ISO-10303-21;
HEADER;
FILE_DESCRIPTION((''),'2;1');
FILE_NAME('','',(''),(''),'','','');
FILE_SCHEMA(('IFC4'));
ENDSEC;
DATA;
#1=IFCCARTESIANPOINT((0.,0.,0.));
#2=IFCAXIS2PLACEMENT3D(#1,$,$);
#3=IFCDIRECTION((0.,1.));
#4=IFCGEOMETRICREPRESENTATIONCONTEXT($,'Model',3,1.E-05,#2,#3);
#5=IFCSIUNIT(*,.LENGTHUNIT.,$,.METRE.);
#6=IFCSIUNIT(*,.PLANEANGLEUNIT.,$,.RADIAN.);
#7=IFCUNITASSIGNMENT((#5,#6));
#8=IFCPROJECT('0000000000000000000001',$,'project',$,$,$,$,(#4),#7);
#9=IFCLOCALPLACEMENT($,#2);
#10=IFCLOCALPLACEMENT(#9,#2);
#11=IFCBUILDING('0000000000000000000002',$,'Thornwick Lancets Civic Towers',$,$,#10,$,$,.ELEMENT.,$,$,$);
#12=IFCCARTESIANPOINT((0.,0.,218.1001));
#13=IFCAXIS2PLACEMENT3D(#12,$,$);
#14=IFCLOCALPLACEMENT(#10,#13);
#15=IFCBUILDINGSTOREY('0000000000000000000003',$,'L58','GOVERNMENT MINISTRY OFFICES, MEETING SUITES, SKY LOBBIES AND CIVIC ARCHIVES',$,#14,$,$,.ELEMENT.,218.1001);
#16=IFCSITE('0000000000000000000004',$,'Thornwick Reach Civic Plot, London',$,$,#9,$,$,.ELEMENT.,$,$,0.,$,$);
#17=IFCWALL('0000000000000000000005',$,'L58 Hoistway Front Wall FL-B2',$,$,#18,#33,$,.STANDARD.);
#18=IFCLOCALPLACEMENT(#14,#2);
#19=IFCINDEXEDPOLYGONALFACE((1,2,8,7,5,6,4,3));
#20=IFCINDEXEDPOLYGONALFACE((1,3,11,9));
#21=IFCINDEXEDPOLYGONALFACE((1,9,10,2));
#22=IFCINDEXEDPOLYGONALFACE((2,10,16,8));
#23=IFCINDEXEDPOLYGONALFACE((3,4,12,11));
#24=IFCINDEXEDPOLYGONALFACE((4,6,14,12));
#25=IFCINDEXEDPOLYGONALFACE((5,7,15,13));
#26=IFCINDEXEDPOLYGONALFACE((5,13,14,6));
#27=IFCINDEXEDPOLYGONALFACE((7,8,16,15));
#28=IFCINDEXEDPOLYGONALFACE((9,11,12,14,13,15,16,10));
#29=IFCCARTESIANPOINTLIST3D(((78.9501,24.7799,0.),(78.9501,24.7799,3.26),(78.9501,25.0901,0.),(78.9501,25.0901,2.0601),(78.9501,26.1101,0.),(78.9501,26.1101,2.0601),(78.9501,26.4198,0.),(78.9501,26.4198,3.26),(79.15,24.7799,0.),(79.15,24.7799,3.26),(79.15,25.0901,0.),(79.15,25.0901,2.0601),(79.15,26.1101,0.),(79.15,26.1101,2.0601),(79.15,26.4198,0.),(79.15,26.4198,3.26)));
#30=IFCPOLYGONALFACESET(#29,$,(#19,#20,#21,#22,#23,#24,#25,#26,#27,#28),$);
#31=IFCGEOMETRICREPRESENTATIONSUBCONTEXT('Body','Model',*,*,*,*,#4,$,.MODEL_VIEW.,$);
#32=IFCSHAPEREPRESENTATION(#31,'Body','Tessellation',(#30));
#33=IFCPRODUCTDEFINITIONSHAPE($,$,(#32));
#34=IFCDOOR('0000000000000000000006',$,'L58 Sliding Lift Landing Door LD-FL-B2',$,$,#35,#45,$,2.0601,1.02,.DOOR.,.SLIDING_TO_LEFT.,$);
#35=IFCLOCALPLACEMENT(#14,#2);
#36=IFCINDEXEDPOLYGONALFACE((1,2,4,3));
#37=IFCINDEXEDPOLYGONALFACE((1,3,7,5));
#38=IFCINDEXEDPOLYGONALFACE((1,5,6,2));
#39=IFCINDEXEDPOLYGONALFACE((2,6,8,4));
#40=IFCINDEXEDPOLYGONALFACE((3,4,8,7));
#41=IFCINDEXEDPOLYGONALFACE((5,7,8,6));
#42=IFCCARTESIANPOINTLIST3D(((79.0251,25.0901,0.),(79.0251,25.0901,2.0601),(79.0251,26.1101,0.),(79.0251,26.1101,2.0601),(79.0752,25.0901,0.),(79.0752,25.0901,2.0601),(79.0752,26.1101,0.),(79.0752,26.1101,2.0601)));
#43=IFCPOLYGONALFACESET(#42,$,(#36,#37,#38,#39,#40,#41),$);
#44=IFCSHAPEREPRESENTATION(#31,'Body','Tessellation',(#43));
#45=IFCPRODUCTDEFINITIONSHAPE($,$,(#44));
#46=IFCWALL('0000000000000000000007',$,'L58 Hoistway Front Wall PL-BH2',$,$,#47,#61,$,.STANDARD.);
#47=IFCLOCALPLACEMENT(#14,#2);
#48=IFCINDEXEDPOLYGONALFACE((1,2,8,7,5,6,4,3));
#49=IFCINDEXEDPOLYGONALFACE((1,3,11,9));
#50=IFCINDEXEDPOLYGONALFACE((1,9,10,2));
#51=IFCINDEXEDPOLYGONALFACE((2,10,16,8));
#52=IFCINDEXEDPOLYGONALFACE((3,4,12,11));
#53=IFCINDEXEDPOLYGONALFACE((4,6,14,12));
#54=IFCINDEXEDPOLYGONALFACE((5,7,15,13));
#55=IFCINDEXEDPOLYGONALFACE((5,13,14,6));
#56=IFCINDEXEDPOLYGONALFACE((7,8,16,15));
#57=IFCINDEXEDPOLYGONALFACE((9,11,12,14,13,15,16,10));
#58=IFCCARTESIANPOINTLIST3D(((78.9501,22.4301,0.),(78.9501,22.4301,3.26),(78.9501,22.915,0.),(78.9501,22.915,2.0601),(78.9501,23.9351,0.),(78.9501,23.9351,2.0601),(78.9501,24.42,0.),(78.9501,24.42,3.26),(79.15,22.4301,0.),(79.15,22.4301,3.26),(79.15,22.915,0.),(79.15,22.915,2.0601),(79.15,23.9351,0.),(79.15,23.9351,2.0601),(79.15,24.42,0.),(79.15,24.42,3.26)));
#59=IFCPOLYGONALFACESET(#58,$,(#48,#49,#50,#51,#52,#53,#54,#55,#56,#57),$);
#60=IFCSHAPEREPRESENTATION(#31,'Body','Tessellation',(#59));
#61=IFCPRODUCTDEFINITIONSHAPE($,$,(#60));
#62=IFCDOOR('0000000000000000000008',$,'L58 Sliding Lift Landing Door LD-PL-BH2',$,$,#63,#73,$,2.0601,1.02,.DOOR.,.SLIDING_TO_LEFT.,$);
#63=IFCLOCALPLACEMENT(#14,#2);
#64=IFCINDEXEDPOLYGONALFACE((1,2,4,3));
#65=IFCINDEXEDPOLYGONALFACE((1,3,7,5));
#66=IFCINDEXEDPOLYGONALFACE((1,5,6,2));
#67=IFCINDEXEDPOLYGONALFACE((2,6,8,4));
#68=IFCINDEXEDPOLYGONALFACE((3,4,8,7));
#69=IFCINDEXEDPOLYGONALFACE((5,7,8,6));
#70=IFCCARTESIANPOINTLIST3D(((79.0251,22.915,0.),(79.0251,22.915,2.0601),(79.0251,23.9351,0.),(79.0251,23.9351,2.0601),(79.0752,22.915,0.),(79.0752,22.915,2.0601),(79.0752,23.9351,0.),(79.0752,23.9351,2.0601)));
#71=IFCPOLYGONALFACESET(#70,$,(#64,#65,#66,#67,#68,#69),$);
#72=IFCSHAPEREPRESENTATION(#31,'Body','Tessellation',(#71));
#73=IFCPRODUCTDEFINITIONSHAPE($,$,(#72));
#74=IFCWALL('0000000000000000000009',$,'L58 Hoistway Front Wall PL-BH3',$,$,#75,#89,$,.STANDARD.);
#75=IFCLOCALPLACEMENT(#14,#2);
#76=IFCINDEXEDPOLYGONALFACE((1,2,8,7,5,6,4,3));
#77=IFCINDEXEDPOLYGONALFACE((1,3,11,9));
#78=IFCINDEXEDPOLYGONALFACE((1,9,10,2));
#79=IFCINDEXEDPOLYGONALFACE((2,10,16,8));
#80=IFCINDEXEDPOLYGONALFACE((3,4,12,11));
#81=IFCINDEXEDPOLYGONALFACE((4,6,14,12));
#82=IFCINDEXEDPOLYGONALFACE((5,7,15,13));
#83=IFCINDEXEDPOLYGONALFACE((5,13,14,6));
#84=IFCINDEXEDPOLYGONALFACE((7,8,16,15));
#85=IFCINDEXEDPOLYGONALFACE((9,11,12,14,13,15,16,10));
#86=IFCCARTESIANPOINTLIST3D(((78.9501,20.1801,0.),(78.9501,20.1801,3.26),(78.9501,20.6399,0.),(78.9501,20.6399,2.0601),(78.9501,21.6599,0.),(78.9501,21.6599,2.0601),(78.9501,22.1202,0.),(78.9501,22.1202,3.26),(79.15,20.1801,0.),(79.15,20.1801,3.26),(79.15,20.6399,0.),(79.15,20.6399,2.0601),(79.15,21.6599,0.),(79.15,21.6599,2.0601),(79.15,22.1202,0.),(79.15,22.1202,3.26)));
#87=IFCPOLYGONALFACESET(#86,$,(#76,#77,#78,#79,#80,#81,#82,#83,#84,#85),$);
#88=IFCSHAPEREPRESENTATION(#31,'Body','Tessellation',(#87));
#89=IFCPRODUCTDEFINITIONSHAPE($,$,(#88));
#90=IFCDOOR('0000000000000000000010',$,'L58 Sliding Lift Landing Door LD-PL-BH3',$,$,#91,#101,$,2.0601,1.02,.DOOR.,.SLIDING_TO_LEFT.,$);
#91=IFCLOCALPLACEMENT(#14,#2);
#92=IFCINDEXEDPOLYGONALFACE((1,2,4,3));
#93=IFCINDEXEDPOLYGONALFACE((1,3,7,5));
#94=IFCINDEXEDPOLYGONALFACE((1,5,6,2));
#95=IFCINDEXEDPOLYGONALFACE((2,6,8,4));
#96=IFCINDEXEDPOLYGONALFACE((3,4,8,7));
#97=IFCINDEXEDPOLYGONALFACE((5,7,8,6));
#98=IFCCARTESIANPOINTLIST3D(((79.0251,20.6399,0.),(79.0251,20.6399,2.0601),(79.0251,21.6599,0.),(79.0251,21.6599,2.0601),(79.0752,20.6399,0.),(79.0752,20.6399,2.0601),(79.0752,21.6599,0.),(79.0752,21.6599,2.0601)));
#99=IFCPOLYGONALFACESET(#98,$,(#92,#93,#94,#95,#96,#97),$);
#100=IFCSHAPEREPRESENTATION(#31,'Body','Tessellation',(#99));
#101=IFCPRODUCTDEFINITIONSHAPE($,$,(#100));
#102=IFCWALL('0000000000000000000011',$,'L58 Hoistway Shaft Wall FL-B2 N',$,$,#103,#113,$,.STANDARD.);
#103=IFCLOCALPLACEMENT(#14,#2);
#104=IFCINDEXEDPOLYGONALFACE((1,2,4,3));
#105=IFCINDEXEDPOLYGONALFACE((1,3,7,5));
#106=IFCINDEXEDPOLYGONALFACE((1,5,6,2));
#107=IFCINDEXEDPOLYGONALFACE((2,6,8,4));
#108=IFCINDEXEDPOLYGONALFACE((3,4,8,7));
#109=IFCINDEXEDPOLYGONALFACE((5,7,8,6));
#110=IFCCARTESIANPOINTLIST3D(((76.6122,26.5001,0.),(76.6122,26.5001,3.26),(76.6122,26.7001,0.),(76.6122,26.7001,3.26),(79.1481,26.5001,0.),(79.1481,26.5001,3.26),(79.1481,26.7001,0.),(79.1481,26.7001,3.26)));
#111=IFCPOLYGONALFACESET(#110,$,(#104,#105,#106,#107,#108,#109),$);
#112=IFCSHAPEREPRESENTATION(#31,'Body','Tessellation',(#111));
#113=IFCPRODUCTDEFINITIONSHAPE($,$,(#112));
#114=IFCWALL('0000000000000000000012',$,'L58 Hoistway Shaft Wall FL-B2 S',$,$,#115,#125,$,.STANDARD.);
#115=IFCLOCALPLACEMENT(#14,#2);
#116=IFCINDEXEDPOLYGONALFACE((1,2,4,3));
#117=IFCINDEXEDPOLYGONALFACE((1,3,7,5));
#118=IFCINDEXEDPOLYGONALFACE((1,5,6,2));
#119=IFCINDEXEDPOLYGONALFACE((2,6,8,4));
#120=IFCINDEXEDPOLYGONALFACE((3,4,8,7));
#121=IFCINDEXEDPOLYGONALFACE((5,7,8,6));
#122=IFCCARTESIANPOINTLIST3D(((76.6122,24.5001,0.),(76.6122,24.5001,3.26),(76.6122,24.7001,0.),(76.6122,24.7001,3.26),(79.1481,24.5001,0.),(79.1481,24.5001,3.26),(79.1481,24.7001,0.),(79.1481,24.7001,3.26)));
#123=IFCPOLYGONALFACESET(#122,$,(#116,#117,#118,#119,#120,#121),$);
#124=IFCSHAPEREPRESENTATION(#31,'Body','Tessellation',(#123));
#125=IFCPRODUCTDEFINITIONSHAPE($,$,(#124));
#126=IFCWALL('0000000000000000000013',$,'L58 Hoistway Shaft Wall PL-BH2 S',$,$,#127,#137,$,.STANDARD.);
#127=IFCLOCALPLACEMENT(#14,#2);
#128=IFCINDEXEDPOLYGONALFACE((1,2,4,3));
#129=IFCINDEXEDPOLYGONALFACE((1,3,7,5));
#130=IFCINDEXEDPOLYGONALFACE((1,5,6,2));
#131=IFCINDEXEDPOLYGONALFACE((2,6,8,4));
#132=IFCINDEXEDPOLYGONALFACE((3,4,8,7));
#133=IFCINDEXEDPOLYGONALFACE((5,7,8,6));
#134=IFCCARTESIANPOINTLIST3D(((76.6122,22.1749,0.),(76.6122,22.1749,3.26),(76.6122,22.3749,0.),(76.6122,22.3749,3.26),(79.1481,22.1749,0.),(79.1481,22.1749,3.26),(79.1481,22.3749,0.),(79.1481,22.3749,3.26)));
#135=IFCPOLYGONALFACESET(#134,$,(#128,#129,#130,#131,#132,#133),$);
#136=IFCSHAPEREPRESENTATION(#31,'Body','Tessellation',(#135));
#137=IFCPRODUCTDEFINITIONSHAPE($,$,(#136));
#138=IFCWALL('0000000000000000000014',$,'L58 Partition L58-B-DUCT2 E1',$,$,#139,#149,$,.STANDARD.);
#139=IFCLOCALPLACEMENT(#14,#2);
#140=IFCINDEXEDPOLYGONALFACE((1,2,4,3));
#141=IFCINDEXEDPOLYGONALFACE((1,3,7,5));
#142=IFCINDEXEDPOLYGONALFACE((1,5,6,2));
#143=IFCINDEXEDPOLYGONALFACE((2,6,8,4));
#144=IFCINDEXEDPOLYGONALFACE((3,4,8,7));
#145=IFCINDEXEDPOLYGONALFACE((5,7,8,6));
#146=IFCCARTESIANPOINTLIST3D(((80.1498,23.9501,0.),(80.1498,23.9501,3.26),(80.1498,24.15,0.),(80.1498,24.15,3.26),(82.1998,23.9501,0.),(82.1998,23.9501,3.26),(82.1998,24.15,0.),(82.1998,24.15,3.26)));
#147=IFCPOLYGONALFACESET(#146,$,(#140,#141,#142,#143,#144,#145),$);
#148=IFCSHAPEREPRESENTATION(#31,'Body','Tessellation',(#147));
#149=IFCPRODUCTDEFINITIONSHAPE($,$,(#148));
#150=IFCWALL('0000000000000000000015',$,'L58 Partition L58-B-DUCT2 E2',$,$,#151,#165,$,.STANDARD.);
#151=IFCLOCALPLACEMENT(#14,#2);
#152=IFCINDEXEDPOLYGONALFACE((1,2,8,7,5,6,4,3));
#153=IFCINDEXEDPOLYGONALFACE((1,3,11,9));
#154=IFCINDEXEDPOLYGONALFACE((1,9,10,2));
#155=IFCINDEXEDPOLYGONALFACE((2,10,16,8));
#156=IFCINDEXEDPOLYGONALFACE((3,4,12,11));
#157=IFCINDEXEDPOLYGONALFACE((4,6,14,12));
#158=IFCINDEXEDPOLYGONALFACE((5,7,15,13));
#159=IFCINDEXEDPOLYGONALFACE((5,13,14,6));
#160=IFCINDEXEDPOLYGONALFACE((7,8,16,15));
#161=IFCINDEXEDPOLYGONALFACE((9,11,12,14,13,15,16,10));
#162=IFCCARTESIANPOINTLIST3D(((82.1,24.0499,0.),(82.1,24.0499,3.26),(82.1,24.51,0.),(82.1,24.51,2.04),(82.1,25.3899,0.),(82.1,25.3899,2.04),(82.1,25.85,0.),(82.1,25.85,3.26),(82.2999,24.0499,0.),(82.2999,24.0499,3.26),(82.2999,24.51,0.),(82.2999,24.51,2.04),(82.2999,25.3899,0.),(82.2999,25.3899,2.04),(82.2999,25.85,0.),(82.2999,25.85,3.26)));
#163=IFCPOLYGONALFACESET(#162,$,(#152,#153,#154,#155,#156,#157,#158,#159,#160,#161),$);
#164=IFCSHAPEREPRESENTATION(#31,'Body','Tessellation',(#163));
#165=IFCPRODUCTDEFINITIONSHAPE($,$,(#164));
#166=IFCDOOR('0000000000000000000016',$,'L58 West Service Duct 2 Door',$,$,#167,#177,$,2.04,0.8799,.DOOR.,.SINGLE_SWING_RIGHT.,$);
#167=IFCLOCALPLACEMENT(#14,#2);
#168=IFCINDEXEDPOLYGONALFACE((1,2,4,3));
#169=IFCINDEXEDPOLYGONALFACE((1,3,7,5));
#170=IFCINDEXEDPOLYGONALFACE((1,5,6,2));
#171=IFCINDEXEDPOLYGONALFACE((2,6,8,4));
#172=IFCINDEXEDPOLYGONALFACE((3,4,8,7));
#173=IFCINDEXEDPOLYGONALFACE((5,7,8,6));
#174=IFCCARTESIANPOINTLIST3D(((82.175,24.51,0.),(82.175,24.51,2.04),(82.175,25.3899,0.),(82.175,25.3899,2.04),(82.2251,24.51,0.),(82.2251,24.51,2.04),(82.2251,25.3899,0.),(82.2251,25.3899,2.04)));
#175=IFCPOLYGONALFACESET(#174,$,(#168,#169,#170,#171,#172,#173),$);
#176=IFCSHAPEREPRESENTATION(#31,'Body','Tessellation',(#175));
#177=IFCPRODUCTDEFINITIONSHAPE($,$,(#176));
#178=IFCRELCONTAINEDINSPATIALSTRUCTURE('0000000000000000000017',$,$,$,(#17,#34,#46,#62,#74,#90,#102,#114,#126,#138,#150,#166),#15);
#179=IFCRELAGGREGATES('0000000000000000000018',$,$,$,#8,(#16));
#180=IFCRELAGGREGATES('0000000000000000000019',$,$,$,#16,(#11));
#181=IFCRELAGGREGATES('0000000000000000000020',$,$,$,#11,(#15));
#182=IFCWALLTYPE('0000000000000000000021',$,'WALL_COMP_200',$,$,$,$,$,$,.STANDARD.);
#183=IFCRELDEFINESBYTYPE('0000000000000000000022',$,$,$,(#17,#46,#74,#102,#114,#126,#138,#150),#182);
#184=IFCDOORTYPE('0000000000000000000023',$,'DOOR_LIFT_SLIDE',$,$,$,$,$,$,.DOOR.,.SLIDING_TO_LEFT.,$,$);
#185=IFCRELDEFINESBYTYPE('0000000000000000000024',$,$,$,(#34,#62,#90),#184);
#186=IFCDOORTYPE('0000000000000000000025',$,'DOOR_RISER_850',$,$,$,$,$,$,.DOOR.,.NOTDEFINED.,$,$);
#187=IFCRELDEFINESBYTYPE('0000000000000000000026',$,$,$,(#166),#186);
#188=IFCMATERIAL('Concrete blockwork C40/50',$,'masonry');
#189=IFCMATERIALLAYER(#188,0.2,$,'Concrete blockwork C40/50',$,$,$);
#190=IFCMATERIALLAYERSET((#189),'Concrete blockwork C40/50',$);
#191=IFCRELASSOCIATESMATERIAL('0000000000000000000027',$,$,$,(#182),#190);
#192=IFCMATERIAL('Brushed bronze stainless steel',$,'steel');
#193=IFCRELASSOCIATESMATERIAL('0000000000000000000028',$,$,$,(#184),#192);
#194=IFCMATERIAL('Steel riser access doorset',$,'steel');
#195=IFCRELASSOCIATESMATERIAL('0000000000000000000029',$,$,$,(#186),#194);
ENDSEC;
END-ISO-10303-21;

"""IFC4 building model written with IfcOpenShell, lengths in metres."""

from ifc_helpers import new_model, si_unit, direction, frame, frame_2d, origin, place, context, subcontext, project, spatial, rectangle, extrude, material, layer, layer_set, type_object, element, fill, save


model = new_model("IFC4")

# Units and contexts
model_context = context("Model", 3, precision=1e-05, world=origin(), true_north=direction((0.0, 1.0)))
body_context = subcontext(model_context, "Body", "Model", "MODEL_VIEW")
ifc_project = project(units=[si_unit("LENGTHUNIT", "METRE"), si_unit("PLANEANGLEUNIT", "RADIAN")], contexts=[model_context])

# Site, building, storey
site_placement = place(None, origin())
site = spatial("IfcSite", under=ifc_project, at=site_placement, Name="Thornwick Reach Civic Plot, London", CompositionType="ELEMENT", RefElevation=0.0)
building_placement = place(site_placement, origin())
building = spatial("IfcBuilding", under=site, at=building_placement, Name="Thornwick Lancets Civic Towers", CompositionType="ELEMENT")
storey_placement = place(building_placement, frame((0.0, 0.0, 218.1001)))
storey = spatial("IfcBuildingStorey", under=building, at=storey_placement, Name="L58", Description="GOVERNMENT MINISTRY OFFICES, MEETING SUITES, SKY LOBBIES AND CIVIC ARCHIVES", CompositionType="ELEMENT", Elevation=218.1001)

# Walls, openings, doors
ifc_material_1 = material(Name="Concrete blockwork C40/50", Category="masonry")
ifc_layer_1 = layer(ifc_material_1, 0.2, Name="Concrete blockwork C40/50")
ifc_layer_set_1 = layer_set([ifc_layer_1], Name="Concrete blockwork C40/50")
wall_type_1 = type_object("IfcWallType", Name="WALL_COMP_200", PredefinedType="STANDARD", material=ifc_layer_set_1)
wall_1_placement = place(storey_placement, frame((79.05, 24.78, 0.0), z_axis=(0.0, 0.0, 1.0), x_axis=(0.0, 1.0, 0.0)))
wall_1 = element("IfcWall", 1, at=wall_1_placement, inside=storey, type_object=wall_type_1, Name="L58 Hoistway Front Wall FL-B2", PredefinedType="STANDARD", context=body_context, shape_type="SweptSolid", body=[
    extrude(rectangle(XDim=1.6399, YDim=0.2, at=frame_2d((0.8198, 0.0))), origin(), (0.0, 0.0, 1.0), 3.26),
])
opening_1_placement = place(wall_1_placement, frame((0.3101, 0.0, 0.0)))
opening_1 = element("IfcOpeningElement", 2, at=opening_1_placement, cuts=wall_1, PredefinedType="OPENING", context=body_context, shape_type="SweptSolid", body=[
    extrude(rectangle(XDim=1.02, YDim=2.0601, at=frame_2d((0.51, 1.03))), frame((0.0, 0.1099, 0.0), z_axis=(0.0, -1.0, 0.0), x_axis=(1.0, 0.0, 0.0)), (0.0, 0.0, 1.0), 0.22),
])
ifc_material_2 = material(Name="Brushed bronze stainless steel", Category="steel")
door_type_1 = type_object("IfcDoorType", Name="DOOR_LIFT_SLIDE", OperationType="SLIDING_TO_LEFT", PredefinedType="DOOR", material=ifc_material_2)
door_1_placement = place(opening_1_placement, origin())
door_1 = element("IfcDoor", 3, at=door_1_placement, inside=storey, type_object=door_type_1, Name="L58 Sliding Lift Landing Door LD-FL-B2", OperationType="SLIDING_TO_LEFT", OverallHeight=2.0601, OverallWidth=1.02, PredefinedType="DOOR", context=body_context, shape_type="SweptSolid", body=[
    extrude(rectangle(XDim=1.02, YDim=2.0601, at=frame_2d((0.51, 1.03))), frame((0.0, 0.0249, 0.0), z_axis=(0.0, -1.0, 0.0), x_axis=(1.0, 0.0, 0.0)), (0.0, 0.0, 1.0), 0.05),
])
fill(opening_1, door_1)
wall_2_placement = place(storey_placement, frame((79.05, 22.4299, 0.0), z_axis=(0.0, 0.0, 1.0), x_axis=(0.0, 1.0, 0.0)))
wall_2 = element("IfcWall", 4, at=wall_2_placement, inside=storey, type_object=wall_type_1, Name="L58 Hoistway Front Wall PL-BH2", PredefinedType="STANDARD", context=body_context, shape_type="SweptSolid", body=[
    extrude(rectangle(XDim=1.99, YDim=0.2, at=frame_2d((0.9951, 0.0))), origin(), (0.0, 0.0, 1.0), 3.26),
])
opening_2_placement = place(wall_2_placement, frame((0.4851, 0.0, 0.0)))
opening_2 = element("IfcOpeningElement", 5, at=opening_2_placement, cuts=wall_2, PredefinedType="OPENING", context=body_context, shape_type="SweptSolid", body=[
    extrude(rectangle(XDim=1.02, YDim=2.0601, at=frame_2d((0.51, 1.03))), frame((0.0, 0.1099, 0.0), z_axis=(0.0, -1.0, 0.0), x_axis=(1.0, 0.0, 0.0)), (0.0, 0.0, 1.0), 0.22),
])
door_2_placement = place(opening_2_placement, origin())
door_2 = element("IfcDoor", 6, at=door_2_placement, inside=storey, type_object=door_type_1, Name="L58 Sliding Lift Landing Door LD-PL-BH2", OperationType="SLIDING_TO_LEFT", OverallHeight=2.0601, OverallWidth=1.02, PredefinedType="DOOR", context=body_context, shape_type="SweptSolid", body=[
    extrude(rectangle(XDim=1.02, YDim=2.0601, at=frame_2d((0.51, 1.03))), frame((0.0, 0.0249, 0.0), z_axis=(0.0, -1.0, 0.0), x_axis=(1.0, 0.0, 0.0)), (0.0, 0.0, 1.0), 0.05),
])
fill(opening_2, door_2)
wall_3_placement = place(storey_placement, frame((79.05, 20.1799, 0.0), z_axis=(0.0, 0.0, 1.0), x_axis=(0.0, 1.0, 0.0)))
wall_3 = element("IfcWall", 7, at=wall_3_placement, inside=storey, type_object=wall_type_1, Name="L58 Hoistway Front Wall PL-BH3", PredefinedType="STANDARD", context=body_context, shape_type="SweptSolid", body=[
    extrude(rectangle(XDim=1.9402, YDim=0.2, at=frame_2d((0.9702, 0.0))), origin(), (0.0, 0.0, 1.0), 3.26),
])
opening_3_placement = place(wall_3_placement, frame((0.46, 0.0, 0.0)))
opening_3 = element("IfcOpeningElement", 8, at=opening_3_placement, cuts=wall_3, PredefinedType="OPENING", context=body_context, shape_type="SweptSolid", body=[
    extrude(rectangle(XDim=1.02, YDim=2.0601, at=frame_2d((0.51, 1.03))), frame((0.0, 0.1099, 0.0), z_axis=(0.0, -1.0, 0.0), x_axis=(1.0, 0.0, 0.0)), (0.0, 0.0, 1.0), 0.22),
])
door_3_placement = place(opening_3_placement, origin())
door_3 = element("IfcDoor", 9, at=door_3_placement, inside=storey, type_object=door_type_1, Name="L58 Sliding Lift Landing Door LD-PL-BH3", OperationType="SLIDING_TO_LEFT", OverallHeight=2.0601, OverallWidth=1.02, PredefinedType="DOOR", context=body_context, shape_type="SweptSolid", body=[
    extrude(rectangle(XDim=1.02, YDim=2.0601, at=frame_2d((0.51, 1.03))), frame((0.0, 0.0249, 0.0), z_axis=(0.0, -1.0, 0.0), x_axis=(1.0, 0.0, 0.0)), (0.0, 0.0, 1.0), 0.05),
])
fill(opening_3, door_3)

# Walls
for number, where, z_axis, x_axis, name in (
    (10, (76.6121, 26.6001, 0.0), (0.0, 0.0, 1.0), (1.0, 0.0, 0.0), "L58 Hoistway Shaft Wall FL-B2 N"),
    (11, (76.6121, 24.6001, 0.0), (0.0, 0.0, 1.0), (1.0, 0.0, 0.0), "L58 Hoistway Shaft Wall FL-B2 S"),
    (12, (76.6121, 22.2749, 0.0), (0.0, 0.0, 1.0), (1.0, 0.0, 0.0), "L58 Hoistway Shaft Wall PL-BH2 S"),
):
    element("IfcWall", number, at=place(storey_placement, frame(where, z_axis=z_axis, x_axis=x_axis)), inside=storey, type_object=wall_type_1, Name=name, PredefinedType="STANDARD", context=body_context, shape_type="SweptSolid", body=[
        extrude(rectangle(XDim=2.5359, YDim=0.2, at=frame_2d((1.2681, 0.0))), origin(), (0.0, 0.0, 1.0), 3.26),
    ])
wall_4_placement = place(storey_placement, frame((80.1499, 24.05, 0.0), z_axis=(0.0, 0.0, 1.0), x_axis=(1.0, 0.0, 0.0)))
element("IfcWall", 13, at=wall_4_placement, inside=storey, type_object=wall_type_1, Name="L58 Partition L58-B-DUCT2 E1", PredefinedType="STANDARD", context=body_context, shape_type="SweptSolid", body=[
    extrude(rectangle(XDim=2.05, YDim=0.2, at=frame_2d((1.0249, 0.0))), origin(), (0.0, 0.0, 1.0), 3.26),
])

# Wall, opening, door
wall_5_placement = place(storey_placement, frame((82.2, 24.05, 0.0), z_axis=(0.0, 0.0, 1.0), x_axis=(0.0, 1.0, 0.0)))
wall_5 = element("IfcWall", 14, at=wall_5_placement, inside=storey, type_object=wall_type_1, Name="L58 Partition L58-B-DUCT2 E2", PredefinedType="STANDARD", context=body_context, shape_type="SweptSolid", body=[
    extrude(rectangle(XDim=1.8, YDim=0.2, at=frame_2d((0.8999, 0.0))), origin(), (0.0, 0.0, 1.0), 3.26),
])
opening_4_placement = place(wall_5_placement, frame((0.46, 0.0, 0.0)))
opening_4 = element("IfcOpeningElement", 15, at=opening_4_placement, cuts=wall_5, PredefinedType="OPENING", context=body_context, shape_type="SweptSolid", body=[
    extrude(rectangle(XDim=0.8799, YDim=2.04, at=frame_2d((0.4399, 1.02))), frame((0.0, 0.1099, 0.0), z_axis=(0.0, -1.0, 0.0), x_axis=(1.0, 0.0, 0.0)), (0.0, 0.0, 1.0), 0.22),
])
ifc_material_3 = material(Name="Steel riser access doorset", Category="steel")
door_type_2 = type_object("IfcDoorType", Name="DOOR_RISER_850", OperationType="NOTDEFINED", PredefinedType="DOOR", material=ifc_material_3)
door_4_placement = place(opening_4_placement, origin())
door_4 = element("IfcDoor", 16, at=door_4_placement, inside=storey, type_object=door_type_2, Name="L58 West Service Duct 2 Door", OperationType="SINGLE_SWING_RIGHT", OverallHeight=2.04, OverallWidth=0.8799, PredefinedType="DOOR", context=body_context, shape_type="SweptSolid", body=[
    extrude(rectangle(XDim=0.8799, YDim=2.04, at=frame_2d((0.4399, 1.02))), frame((0.0, 0.0249, 0.0), z_axis=(0.0, -1.0, 0.0), x_axis=(1.0, 0.0, 0.0)), (0.0, 0.0, 1.0), 0.05),
])
fill(opening_4, door_4)

save(model, "model.ifc")
